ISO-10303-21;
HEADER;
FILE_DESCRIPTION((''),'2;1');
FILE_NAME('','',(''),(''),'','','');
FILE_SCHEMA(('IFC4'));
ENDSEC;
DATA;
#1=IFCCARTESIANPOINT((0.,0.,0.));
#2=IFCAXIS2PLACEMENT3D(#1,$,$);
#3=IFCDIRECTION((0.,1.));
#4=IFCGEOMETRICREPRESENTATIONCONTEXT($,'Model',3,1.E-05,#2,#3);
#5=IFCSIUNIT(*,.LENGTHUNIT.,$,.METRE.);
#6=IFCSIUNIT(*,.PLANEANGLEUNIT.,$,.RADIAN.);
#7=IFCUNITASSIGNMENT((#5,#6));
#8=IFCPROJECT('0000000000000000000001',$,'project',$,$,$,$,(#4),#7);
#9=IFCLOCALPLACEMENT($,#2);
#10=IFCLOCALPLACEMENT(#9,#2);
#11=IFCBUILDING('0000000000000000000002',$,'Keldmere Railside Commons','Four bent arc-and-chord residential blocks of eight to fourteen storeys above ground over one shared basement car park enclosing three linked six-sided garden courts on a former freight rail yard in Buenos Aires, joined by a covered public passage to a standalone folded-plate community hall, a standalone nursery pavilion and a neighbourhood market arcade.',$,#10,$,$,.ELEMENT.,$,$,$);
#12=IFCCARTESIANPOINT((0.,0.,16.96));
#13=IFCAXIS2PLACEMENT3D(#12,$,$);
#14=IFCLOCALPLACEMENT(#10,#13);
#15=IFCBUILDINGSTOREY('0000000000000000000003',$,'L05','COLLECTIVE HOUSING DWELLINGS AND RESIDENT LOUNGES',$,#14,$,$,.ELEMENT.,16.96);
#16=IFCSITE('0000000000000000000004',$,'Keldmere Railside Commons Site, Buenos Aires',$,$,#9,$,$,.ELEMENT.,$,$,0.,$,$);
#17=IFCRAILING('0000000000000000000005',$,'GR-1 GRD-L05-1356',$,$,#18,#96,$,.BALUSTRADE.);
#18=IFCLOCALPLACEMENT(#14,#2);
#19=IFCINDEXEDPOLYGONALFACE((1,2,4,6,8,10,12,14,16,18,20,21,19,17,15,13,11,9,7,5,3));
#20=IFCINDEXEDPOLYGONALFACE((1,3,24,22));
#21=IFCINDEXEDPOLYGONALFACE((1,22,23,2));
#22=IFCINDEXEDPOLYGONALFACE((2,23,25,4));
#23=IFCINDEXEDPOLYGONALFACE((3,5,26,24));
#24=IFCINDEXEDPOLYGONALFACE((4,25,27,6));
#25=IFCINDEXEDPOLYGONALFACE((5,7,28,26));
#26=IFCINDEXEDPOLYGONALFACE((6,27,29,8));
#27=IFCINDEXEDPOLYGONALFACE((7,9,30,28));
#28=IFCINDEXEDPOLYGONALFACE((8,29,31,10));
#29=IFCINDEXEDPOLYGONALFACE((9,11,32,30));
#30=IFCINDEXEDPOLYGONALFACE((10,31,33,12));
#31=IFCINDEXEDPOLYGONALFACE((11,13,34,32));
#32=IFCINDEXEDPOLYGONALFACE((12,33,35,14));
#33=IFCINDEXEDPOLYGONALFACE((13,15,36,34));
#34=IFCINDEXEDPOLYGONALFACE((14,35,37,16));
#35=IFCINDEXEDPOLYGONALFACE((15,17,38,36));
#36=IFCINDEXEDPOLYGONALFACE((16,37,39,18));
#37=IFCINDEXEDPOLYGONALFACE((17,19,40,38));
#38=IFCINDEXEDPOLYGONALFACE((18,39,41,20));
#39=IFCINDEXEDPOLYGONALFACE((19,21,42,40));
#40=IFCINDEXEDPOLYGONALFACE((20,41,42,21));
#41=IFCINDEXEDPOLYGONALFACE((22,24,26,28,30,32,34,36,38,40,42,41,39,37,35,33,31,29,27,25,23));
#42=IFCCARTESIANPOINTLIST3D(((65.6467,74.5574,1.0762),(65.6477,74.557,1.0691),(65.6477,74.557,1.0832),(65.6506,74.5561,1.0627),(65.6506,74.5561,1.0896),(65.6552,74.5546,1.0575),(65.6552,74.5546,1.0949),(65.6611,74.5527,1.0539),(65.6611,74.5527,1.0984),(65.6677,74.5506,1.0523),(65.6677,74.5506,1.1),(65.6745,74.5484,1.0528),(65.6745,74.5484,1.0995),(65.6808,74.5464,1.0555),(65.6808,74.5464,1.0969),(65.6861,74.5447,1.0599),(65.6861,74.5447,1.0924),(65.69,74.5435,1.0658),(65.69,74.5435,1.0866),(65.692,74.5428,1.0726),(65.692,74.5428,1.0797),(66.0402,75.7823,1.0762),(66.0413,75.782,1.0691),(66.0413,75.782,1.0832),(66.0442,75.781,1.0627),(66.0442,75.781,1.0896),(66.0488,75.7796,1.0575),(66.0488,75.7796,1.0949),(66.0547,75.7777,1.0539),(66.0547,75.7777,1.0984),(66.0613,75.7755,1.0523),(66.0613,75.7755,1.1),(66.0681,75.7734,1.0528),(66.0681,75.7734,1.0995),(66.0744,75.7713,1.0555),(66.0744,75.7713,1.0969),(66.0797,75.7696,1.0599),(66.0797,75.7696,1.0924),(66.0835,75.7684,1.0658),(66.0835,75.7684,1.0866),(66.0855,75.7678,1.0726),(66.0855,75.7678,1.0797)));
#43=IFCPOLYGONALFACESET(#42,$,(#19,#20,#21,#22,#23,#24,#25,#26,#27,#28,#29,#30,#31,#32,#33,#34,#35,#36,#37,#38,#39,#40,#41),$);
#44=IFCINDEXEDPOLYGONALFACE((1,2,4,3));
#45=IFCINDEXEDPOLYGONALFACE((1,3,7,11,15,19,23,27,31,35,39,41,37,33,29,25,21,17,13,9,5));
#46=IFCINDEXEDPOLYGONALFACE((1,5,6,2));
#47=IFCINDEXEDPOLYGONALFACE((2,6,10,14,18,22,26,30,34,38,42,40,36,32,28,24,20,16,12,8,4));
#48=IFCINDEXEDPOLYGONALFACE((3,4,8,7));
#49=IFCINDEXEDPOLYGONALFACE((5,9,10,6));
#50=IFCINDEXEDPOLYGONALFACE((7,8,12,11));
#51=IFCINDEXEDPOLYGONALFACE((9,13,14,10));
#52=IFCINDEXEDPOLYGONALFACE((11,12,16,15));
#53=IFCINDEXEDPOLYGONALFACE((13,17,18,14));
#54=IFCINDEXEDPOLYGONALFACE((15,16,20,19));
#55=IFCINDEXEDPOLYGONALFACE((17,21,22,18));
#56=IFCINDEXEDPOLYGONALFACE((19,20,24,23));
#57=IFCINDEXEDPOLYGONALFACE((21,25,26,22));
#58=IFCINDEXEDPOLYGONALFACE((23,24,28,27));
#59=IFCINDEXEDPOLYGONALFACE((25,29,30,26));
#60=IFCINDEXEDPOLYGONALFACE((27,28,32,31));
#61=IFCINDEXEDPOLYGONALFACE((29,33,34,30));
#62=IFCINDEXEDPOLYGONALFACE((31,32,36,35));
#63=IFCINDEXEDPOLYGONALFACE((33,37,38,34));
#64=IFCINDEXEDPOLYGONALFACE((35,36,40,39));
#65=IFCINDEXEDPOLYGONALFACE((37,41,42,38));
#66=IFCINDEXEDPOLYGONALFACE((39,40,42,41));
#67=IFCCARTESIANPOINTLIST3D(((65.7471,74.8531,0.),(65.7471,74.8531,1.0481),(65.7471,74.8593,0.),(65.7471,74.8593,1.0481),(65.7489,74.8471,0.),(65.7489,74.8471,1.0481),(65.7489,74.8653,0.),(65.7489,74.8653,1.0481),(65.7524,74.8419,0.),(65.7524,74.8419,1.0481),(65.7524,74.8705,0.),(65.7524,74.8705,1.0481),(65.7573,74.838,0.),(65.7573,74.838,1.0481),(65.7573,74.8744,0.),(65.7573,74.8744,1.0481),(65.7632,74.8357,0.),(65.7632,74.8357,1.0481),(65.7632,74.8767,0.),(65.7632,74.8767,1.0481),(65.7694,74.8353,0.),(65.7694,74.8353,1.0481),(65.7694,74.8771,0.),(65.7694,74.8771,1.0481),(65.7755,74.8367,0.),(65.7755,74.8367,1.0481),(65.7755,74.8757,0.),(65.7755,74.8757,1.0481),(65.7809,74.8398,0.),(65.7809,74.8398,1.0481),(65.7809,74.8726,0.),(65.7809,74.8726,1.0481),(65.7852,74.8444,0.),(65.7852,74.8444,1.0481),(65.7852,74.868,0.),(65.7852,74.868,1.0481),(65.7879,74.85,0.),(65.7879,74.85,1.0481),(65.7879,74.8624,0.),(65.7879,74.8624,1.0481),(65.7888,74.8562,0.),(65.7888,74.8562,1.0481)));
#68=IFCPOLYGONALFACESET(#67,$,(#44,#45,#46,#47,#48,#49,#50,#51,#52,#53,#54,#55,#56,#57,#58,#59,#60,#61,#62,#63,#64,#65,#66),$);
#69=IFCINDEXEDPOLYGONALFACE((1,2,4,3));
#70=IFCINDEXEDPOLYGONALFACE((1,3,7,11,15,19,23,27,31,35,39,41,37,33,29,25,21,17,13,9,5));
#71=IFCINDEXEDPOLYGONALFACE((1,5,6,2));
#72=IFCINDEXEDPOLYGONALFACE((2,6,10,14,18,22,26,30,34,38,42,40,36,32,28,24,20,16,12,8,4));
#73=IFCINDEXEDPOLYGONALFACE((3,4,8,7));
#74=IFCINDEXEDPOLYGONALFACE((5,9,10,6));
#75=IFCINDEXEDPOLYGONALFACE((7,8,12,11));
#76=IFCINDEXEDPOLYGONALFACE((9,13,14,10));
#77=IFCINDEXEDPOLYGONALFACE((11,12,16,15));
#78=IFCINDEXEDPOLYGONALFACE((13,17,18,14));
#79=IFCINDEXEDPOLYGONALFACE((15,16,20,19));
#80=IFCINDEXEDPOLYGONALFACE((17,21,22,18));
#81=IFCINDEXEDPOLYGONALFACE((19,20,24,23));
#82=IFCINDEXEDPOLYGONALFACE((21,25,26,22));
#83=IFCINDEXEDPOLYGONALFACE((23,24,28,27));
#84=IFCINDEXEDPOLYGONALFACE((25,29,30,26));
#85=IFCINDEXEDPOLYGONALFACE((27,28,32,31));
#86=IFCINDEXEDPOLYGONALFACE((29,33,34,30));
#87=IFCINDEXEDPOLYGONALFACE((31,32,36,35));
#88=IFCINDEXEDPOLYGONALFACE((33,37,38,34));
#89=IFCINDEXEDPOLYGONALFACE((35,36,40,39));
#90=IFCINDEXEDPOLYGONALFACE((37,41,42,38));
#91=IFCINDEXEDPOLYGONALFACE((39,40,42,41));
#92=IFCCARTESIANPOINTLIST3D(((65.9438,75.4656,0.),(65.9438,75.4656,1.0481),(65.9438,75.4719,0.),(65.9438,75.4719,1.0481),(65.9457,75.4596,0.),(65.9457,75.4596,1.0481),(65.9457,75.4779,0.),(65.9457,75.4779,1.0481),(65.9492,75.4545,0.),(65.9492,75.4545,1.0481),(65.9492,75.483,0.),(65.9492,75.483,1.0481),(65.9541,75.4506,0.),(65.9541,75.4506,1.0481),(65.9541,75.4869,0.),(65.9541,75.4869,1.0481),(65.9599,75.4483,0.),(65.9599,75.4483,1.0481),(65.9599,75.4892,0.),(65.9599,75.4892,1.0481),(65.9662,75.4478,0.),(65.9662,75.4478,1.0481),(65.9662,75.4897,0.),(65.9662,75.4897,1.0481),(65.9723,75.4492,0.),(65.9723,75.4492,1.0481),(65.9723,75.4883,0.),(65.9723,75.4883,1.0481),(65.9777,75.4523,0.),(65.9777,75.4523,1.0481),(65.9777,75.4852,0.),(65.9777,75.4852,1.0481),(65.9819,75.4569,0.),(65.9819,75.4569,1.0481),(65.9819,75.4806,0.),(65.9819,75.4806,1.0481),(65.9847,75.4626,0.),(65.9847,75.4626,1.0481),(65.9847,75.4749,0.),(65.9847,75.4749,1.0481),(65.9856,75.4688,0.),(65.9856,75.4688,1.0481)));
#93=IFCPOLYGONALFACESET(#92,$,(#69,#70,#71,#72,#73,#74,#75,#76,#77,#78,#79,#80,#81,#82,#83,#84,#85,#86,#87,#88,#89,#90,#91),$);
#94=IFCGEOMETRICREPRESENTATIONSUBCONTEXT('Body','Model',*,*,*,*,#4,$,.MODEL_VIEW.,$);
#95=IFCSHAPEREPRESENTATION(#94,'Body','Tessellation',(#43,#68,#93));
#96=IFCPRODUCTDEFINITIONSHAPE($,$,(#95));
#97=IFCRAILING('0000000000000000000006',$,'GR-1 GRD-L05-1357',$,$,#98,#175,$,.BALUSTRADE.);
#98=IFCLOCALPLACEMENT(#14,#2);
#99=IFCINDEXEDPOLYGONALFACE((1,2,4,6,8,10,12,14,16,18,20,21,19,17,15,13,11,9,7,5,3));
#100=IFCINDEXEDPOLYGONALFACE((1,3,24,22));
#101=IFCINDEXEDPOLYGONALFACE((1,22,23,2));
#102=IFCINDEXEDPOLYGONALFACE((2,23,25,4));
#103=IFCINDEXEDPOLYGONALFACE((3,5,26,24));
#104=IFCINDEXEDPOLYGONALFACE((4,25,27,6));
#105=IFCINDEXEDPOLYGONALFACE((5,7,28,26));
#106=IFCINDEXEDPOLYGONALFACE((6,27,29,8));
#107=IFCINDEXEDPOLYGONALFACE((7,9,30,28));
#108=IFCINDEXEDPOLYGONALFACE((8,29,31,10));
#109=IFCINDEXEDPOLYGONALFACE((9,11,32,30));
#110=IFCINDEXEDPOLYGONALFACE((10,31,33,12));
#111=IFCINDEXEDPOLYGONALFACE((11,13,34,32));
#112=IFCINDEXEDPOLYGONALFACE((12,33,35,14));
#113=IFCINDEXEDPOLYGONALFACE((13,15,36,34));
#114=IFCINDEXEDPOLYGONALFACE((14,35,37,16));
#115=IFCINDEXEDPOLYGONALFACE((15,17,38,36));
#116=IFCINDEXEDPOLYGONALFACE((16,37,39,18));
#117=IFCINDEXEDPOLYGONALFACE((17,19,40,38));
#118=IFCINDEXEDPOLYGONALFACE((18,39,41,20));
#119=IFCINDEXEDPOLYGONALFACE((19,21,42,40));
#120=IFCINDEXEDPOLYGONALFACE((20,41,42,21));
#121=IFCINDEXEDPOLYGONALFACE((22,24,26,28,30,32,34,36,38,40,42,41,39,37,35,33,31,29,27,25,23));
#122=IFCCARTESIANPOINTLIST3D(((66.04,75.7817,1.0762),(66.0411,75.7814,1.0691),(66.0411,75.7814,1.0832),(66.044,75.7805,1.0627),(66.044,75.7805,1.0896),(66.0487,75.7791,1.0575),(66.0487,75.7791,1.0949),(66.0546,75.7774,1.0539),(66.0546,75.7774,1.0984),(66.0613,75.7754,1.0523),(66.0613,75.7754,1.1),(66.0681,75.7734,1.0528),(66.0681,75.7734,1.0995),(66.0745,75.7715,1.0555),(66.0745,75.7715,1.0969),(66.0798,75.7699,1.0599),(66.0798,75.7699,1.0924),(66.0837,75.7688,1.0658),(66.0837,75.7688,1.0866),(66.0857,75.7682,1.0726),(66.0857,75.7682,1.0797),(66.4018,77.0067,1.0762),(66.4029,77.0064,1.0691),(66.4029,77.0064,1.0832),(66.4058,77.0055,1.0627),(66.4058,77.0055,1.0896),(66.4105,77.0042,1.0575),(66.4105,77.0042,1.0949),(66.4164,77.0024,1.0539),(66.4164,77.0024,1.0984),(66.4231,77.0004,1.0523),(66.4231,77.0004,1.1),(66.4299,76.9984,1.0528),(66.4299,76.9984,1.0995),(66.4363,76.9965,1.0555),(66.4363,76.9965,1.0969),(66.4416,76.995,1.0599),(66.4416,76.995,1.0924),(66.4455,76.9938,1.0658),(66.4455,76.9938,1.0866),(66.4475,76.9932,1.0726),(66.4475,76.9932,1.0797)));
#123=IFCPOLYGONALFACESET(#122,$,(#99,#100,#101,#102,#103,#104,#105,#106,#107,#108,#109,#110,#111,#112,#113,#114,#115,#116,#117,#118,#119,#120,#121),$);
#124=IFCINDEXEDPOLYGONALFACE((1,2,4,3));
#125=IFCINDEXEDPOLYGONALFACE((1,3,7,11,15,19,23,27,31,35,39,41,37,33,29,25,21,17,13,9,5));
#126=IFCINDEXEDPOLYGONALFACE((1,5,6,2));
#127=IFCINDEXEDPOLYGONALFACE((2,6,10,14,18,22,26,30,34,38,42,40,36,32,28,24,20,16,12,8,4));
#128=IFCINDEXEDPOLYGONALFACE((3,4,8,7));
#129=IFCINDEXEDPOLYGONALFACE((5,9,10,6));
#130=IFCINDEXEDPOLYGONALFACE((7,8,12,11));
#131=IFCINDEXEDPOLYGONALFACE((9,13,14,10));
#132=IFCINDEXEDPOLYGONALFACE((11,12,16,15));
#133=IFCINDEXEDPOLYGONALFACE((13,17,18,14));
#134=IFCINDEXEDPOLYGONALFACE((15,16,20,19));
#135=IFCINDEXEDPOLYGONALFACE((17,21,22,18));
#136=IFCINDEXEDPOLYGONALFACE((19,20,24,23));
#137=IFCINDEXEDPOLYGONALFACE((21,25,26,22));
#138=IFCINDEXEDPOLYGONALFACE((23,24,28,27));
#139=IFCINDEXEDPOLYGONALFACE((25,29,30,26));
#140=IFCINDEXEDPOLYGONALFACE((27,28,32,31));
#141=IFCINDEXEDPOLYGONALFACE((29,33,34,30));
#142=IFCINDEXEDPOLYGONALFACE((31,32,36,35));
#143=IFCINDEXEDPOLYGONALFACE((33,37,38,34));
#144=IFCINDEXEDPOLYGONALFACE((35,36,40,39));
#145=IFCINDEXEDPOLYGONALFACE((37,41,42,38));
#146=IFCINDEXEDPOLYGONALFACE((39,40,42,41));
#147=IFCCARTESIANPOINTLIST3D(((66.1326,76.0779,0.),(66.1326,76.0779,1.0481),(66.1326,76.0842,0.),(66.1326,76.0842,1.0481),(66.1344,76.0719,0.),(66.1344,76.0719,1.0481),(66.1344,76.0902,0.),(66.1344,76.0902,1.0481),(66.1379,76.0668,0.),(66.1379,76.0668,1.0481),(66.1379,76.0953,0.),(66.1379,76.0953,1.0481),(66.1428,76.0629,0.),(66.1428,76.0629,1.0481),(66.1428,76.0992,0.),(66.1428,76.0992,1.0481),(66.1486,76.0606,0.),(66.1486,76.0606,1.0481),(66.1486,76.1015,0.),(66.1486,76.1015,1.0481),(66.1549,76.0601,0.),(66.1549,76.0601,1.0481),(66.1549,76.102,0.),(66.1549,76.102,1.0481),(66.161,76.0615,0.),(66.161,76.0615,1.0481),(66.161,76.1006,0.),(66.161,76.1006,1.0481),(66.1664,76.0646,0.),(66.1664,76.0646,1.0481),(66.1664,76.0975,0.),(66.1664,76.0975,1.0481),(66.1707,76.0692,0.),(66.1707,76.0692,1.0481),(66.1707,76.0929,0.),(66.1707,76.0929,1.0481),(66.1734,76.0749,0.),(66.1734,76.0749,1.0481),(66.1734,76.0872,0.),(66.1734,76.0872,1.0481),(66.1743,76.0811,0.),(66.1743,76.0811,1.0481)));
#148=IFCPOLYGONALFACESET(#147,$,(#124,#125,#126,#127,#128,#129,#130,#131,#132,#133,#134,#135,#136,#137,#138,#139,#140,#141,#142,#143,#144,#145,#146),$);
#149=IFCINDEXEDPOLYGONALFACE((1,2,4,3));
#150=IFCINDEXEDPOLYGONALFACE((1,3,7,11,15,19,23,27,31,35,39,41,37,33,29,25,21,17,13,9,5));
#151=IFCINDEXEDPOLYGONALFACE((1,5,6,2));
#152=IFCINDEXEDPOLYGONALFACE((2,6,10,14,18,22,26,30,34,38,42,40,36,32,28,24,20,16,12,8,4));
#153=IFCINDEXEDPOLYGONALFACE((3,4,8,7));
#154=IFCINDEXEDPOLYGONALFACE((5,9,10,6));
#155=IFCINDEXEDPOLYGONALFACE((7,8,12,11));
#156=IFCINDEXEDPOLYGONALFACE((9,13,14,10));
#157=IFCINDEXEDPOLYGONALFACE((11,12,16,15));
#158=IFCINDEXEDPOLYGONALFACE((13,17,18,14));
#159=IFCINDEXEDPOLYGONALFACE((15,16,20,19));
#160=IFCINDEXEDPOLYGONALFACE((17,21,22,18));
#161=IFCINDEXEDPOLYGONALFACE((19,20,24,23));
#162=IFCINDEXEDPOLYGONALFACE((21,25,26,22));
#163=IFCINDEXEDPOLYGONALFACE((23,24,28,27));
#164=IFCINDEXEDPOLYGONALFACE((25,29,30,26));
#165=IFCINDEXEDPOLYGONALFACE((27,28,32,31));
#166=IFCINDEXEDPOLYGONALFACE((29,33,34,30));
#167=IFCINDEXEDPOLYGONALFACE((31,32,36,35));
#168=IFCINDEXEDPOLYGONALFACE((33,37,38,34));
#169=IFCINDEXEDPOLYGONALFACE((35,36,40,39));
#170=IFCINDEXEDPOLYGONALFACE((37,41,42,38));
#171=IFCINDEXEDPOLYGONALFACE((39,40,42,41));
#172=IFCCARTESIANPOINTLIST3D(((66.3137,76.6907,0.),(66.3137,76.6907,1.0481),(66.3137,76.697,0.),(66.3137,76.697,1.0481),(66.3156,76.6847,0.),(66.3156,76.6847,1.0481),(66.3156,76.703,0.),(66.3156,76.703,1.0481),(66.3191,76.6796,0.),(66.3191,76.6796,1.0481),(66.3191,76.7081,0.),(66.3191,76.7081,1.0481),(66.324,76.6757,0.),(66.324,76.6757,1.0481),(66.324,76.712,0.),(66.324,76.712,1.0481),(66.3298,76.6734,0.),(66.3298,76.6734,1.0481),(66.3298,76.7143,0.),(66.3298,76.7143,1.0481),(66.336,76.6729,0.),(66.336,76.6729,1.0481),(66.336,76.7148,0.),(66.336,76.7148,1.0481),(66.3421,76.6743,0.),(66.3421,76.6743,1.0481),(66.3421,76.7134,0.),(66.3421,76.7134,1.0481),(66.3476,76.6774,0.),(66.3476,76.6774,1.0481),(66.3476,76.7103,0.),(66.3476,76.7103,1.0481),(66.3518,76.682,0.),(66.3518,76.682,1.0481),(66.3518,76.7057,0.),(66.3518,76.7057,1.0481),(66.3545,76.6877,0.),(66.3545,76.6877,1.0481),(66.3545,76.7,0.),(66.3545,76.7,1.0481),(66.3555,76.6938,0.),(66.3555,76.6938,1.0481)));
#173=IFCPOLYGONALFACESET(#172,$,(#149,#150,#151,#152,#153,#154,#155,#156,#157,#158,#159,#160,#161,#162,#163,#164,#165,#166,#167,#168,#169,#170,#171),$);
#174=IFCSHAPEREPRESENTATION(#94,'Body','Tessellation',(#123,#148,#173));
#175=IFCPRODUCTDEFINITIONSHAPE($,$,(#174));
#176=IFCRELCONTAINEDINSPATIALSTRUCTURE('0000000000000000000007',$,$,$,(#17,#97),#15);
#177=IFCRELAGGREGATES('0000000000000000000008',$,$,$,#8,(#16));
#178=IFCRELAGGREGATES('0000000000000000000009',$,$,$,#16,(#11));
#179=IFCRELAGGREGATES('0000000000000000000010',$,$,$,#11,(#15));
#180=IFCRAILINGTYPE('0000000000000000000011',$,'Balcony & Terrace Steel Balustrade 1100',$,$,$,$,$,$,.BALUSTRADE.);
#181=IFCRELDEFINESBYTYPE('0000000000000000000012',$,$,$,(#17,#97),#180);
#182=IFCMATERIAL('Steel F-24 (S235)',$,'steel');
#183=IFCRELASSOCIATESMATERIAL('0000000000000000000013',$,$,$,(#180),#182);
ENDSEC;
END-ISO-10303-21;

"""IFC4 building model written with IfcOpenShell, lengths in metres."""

from ifc_helpers import new_model, si_unit, direction, frame, origin, origin_2d, place, context, subcontext, project, spatial, circle, extrude, material, type_object, element, save


model = new_model("IFC4")

# Units and contexts
model_context = context("Model", 3, precision=1e-05, world=origin(), true_north=direction((0.0, 1.0)))
body_context = subcontext(model_context, "Body", "Model", "MODEL_VIEW")
ifc_project = project(units=[si_unit("LENGTHUNIT", "METRE"), si_unit("PLANEANGLEUNIT", "RADIAN")], contexts=[model_context])

# Site, building, storey
site_placement = place(None, origin())
site = spatial("IfcSite", under=ifc_project, at=site_placement, Name="Keldmere Railside Commons Site, Buenos Aires", CompositionType="ELEMENT", RefElevation=0.0)
building_placement = place(site_placement, origin())
building = spatial("IfcBuilding", under=site, at=building_placement, Name="Keldmere Railside Commons", Description="Four bent arc-and-chord residential blocks of eight to fourteen storeys above ground over one shared basement car park enclosing three linked six-sided garden courts on a former freight rail yard in Buenos Aires, joined by a covered public passage to a standalone folded-plate community hall, a standalone nursery pavilion and a neighbourhood market arcade.", CompositionType="ELEMENT")
storey_placement = place(building_placement, frame((0.0, 0.0, 16.96)))
storey = spatial("IfcBuildingStorey", under=building, at=storey_placement, Name="L05", Description="COLLECTIVE HOUSING DWELLINGS AND RESIDENT LOUNGES", CompositionType="ELEMENT", Elevation=16.96)

# Railings
ifc_material_1 = material(Name="Steel F-24 (S235)", Category="steel")
railing_type = type_object("IfcRailingType", Name="Balcony & Terrace Steel Balustrade 1100", PredefinedType="BALUSTRADE", material=ifc_material_1)
railing_1_placement = place(storey_placement, frame((65.6694, 74.55, 0.0)))
element("IfcRailing", 1, at=railing_1_placement, inside=storey, type_object=railing_type, Name="GR-1 GRD-L05-1356", PredefinedType="BALUSTRADE", context=body_context, shape_type="SweptSolid", body=[
    extrude(circle(Radius=0.0239, at=origin_2d()), frame((0.0, 0.0, 1.0762), z_axis=(0.305905, 0.952062, 0.0), x_axis=(-0.952062, 0.305905, 0.0)), (0.0, 0.0, 1.0), 1.2866),
    extrude(circle(Radius=0.021, at=origin_2d()), frame((0.0984, 0.3062, 0.0)), (0.0, 0.0, 1.0), 1.0481),
    extrude(circle(Radius=0.021, at=origin_2d()), frame((0.2952, 0.9187, 0.0)), (0.0, 0.0, 1.0), 1.0481),
])
railing_2_placement = place(storey_placement, frame((66.063, 75.7749, 0.0)))
element("IfcRailing", 2, at=railing_2_placement, inside=storey, type_object=railing_type, Name="GR-1 GRD-L05-1357", PredefinedType="BALUSTRADE", context=body_context, shape_type="SweptSolid", body=[
    extrude(circle(Radius=0.0239, at=origin_2d()), frame((0.0, 0.0, 1.0762), z_axis=(0.283242, 0.959048, 0.0), x_axis=(-0.959048, 0.283242, 0.0)), (0.0, 0.0, 1.0), 1.2773),
    extrude(circle(Radius=0.021, at=origin_2d()), frame((0.0903, 0.3062, 0.0)), (0.0, 0.0, 1.0), 1.0481),
    extrude(circle(Radius=0.021, at=origin_2d()), frame((0.2715, 0.9189, 0.0)), (0.0, 0.0, 1.0), 1.0481),
])

save(model, "model.ifc")
